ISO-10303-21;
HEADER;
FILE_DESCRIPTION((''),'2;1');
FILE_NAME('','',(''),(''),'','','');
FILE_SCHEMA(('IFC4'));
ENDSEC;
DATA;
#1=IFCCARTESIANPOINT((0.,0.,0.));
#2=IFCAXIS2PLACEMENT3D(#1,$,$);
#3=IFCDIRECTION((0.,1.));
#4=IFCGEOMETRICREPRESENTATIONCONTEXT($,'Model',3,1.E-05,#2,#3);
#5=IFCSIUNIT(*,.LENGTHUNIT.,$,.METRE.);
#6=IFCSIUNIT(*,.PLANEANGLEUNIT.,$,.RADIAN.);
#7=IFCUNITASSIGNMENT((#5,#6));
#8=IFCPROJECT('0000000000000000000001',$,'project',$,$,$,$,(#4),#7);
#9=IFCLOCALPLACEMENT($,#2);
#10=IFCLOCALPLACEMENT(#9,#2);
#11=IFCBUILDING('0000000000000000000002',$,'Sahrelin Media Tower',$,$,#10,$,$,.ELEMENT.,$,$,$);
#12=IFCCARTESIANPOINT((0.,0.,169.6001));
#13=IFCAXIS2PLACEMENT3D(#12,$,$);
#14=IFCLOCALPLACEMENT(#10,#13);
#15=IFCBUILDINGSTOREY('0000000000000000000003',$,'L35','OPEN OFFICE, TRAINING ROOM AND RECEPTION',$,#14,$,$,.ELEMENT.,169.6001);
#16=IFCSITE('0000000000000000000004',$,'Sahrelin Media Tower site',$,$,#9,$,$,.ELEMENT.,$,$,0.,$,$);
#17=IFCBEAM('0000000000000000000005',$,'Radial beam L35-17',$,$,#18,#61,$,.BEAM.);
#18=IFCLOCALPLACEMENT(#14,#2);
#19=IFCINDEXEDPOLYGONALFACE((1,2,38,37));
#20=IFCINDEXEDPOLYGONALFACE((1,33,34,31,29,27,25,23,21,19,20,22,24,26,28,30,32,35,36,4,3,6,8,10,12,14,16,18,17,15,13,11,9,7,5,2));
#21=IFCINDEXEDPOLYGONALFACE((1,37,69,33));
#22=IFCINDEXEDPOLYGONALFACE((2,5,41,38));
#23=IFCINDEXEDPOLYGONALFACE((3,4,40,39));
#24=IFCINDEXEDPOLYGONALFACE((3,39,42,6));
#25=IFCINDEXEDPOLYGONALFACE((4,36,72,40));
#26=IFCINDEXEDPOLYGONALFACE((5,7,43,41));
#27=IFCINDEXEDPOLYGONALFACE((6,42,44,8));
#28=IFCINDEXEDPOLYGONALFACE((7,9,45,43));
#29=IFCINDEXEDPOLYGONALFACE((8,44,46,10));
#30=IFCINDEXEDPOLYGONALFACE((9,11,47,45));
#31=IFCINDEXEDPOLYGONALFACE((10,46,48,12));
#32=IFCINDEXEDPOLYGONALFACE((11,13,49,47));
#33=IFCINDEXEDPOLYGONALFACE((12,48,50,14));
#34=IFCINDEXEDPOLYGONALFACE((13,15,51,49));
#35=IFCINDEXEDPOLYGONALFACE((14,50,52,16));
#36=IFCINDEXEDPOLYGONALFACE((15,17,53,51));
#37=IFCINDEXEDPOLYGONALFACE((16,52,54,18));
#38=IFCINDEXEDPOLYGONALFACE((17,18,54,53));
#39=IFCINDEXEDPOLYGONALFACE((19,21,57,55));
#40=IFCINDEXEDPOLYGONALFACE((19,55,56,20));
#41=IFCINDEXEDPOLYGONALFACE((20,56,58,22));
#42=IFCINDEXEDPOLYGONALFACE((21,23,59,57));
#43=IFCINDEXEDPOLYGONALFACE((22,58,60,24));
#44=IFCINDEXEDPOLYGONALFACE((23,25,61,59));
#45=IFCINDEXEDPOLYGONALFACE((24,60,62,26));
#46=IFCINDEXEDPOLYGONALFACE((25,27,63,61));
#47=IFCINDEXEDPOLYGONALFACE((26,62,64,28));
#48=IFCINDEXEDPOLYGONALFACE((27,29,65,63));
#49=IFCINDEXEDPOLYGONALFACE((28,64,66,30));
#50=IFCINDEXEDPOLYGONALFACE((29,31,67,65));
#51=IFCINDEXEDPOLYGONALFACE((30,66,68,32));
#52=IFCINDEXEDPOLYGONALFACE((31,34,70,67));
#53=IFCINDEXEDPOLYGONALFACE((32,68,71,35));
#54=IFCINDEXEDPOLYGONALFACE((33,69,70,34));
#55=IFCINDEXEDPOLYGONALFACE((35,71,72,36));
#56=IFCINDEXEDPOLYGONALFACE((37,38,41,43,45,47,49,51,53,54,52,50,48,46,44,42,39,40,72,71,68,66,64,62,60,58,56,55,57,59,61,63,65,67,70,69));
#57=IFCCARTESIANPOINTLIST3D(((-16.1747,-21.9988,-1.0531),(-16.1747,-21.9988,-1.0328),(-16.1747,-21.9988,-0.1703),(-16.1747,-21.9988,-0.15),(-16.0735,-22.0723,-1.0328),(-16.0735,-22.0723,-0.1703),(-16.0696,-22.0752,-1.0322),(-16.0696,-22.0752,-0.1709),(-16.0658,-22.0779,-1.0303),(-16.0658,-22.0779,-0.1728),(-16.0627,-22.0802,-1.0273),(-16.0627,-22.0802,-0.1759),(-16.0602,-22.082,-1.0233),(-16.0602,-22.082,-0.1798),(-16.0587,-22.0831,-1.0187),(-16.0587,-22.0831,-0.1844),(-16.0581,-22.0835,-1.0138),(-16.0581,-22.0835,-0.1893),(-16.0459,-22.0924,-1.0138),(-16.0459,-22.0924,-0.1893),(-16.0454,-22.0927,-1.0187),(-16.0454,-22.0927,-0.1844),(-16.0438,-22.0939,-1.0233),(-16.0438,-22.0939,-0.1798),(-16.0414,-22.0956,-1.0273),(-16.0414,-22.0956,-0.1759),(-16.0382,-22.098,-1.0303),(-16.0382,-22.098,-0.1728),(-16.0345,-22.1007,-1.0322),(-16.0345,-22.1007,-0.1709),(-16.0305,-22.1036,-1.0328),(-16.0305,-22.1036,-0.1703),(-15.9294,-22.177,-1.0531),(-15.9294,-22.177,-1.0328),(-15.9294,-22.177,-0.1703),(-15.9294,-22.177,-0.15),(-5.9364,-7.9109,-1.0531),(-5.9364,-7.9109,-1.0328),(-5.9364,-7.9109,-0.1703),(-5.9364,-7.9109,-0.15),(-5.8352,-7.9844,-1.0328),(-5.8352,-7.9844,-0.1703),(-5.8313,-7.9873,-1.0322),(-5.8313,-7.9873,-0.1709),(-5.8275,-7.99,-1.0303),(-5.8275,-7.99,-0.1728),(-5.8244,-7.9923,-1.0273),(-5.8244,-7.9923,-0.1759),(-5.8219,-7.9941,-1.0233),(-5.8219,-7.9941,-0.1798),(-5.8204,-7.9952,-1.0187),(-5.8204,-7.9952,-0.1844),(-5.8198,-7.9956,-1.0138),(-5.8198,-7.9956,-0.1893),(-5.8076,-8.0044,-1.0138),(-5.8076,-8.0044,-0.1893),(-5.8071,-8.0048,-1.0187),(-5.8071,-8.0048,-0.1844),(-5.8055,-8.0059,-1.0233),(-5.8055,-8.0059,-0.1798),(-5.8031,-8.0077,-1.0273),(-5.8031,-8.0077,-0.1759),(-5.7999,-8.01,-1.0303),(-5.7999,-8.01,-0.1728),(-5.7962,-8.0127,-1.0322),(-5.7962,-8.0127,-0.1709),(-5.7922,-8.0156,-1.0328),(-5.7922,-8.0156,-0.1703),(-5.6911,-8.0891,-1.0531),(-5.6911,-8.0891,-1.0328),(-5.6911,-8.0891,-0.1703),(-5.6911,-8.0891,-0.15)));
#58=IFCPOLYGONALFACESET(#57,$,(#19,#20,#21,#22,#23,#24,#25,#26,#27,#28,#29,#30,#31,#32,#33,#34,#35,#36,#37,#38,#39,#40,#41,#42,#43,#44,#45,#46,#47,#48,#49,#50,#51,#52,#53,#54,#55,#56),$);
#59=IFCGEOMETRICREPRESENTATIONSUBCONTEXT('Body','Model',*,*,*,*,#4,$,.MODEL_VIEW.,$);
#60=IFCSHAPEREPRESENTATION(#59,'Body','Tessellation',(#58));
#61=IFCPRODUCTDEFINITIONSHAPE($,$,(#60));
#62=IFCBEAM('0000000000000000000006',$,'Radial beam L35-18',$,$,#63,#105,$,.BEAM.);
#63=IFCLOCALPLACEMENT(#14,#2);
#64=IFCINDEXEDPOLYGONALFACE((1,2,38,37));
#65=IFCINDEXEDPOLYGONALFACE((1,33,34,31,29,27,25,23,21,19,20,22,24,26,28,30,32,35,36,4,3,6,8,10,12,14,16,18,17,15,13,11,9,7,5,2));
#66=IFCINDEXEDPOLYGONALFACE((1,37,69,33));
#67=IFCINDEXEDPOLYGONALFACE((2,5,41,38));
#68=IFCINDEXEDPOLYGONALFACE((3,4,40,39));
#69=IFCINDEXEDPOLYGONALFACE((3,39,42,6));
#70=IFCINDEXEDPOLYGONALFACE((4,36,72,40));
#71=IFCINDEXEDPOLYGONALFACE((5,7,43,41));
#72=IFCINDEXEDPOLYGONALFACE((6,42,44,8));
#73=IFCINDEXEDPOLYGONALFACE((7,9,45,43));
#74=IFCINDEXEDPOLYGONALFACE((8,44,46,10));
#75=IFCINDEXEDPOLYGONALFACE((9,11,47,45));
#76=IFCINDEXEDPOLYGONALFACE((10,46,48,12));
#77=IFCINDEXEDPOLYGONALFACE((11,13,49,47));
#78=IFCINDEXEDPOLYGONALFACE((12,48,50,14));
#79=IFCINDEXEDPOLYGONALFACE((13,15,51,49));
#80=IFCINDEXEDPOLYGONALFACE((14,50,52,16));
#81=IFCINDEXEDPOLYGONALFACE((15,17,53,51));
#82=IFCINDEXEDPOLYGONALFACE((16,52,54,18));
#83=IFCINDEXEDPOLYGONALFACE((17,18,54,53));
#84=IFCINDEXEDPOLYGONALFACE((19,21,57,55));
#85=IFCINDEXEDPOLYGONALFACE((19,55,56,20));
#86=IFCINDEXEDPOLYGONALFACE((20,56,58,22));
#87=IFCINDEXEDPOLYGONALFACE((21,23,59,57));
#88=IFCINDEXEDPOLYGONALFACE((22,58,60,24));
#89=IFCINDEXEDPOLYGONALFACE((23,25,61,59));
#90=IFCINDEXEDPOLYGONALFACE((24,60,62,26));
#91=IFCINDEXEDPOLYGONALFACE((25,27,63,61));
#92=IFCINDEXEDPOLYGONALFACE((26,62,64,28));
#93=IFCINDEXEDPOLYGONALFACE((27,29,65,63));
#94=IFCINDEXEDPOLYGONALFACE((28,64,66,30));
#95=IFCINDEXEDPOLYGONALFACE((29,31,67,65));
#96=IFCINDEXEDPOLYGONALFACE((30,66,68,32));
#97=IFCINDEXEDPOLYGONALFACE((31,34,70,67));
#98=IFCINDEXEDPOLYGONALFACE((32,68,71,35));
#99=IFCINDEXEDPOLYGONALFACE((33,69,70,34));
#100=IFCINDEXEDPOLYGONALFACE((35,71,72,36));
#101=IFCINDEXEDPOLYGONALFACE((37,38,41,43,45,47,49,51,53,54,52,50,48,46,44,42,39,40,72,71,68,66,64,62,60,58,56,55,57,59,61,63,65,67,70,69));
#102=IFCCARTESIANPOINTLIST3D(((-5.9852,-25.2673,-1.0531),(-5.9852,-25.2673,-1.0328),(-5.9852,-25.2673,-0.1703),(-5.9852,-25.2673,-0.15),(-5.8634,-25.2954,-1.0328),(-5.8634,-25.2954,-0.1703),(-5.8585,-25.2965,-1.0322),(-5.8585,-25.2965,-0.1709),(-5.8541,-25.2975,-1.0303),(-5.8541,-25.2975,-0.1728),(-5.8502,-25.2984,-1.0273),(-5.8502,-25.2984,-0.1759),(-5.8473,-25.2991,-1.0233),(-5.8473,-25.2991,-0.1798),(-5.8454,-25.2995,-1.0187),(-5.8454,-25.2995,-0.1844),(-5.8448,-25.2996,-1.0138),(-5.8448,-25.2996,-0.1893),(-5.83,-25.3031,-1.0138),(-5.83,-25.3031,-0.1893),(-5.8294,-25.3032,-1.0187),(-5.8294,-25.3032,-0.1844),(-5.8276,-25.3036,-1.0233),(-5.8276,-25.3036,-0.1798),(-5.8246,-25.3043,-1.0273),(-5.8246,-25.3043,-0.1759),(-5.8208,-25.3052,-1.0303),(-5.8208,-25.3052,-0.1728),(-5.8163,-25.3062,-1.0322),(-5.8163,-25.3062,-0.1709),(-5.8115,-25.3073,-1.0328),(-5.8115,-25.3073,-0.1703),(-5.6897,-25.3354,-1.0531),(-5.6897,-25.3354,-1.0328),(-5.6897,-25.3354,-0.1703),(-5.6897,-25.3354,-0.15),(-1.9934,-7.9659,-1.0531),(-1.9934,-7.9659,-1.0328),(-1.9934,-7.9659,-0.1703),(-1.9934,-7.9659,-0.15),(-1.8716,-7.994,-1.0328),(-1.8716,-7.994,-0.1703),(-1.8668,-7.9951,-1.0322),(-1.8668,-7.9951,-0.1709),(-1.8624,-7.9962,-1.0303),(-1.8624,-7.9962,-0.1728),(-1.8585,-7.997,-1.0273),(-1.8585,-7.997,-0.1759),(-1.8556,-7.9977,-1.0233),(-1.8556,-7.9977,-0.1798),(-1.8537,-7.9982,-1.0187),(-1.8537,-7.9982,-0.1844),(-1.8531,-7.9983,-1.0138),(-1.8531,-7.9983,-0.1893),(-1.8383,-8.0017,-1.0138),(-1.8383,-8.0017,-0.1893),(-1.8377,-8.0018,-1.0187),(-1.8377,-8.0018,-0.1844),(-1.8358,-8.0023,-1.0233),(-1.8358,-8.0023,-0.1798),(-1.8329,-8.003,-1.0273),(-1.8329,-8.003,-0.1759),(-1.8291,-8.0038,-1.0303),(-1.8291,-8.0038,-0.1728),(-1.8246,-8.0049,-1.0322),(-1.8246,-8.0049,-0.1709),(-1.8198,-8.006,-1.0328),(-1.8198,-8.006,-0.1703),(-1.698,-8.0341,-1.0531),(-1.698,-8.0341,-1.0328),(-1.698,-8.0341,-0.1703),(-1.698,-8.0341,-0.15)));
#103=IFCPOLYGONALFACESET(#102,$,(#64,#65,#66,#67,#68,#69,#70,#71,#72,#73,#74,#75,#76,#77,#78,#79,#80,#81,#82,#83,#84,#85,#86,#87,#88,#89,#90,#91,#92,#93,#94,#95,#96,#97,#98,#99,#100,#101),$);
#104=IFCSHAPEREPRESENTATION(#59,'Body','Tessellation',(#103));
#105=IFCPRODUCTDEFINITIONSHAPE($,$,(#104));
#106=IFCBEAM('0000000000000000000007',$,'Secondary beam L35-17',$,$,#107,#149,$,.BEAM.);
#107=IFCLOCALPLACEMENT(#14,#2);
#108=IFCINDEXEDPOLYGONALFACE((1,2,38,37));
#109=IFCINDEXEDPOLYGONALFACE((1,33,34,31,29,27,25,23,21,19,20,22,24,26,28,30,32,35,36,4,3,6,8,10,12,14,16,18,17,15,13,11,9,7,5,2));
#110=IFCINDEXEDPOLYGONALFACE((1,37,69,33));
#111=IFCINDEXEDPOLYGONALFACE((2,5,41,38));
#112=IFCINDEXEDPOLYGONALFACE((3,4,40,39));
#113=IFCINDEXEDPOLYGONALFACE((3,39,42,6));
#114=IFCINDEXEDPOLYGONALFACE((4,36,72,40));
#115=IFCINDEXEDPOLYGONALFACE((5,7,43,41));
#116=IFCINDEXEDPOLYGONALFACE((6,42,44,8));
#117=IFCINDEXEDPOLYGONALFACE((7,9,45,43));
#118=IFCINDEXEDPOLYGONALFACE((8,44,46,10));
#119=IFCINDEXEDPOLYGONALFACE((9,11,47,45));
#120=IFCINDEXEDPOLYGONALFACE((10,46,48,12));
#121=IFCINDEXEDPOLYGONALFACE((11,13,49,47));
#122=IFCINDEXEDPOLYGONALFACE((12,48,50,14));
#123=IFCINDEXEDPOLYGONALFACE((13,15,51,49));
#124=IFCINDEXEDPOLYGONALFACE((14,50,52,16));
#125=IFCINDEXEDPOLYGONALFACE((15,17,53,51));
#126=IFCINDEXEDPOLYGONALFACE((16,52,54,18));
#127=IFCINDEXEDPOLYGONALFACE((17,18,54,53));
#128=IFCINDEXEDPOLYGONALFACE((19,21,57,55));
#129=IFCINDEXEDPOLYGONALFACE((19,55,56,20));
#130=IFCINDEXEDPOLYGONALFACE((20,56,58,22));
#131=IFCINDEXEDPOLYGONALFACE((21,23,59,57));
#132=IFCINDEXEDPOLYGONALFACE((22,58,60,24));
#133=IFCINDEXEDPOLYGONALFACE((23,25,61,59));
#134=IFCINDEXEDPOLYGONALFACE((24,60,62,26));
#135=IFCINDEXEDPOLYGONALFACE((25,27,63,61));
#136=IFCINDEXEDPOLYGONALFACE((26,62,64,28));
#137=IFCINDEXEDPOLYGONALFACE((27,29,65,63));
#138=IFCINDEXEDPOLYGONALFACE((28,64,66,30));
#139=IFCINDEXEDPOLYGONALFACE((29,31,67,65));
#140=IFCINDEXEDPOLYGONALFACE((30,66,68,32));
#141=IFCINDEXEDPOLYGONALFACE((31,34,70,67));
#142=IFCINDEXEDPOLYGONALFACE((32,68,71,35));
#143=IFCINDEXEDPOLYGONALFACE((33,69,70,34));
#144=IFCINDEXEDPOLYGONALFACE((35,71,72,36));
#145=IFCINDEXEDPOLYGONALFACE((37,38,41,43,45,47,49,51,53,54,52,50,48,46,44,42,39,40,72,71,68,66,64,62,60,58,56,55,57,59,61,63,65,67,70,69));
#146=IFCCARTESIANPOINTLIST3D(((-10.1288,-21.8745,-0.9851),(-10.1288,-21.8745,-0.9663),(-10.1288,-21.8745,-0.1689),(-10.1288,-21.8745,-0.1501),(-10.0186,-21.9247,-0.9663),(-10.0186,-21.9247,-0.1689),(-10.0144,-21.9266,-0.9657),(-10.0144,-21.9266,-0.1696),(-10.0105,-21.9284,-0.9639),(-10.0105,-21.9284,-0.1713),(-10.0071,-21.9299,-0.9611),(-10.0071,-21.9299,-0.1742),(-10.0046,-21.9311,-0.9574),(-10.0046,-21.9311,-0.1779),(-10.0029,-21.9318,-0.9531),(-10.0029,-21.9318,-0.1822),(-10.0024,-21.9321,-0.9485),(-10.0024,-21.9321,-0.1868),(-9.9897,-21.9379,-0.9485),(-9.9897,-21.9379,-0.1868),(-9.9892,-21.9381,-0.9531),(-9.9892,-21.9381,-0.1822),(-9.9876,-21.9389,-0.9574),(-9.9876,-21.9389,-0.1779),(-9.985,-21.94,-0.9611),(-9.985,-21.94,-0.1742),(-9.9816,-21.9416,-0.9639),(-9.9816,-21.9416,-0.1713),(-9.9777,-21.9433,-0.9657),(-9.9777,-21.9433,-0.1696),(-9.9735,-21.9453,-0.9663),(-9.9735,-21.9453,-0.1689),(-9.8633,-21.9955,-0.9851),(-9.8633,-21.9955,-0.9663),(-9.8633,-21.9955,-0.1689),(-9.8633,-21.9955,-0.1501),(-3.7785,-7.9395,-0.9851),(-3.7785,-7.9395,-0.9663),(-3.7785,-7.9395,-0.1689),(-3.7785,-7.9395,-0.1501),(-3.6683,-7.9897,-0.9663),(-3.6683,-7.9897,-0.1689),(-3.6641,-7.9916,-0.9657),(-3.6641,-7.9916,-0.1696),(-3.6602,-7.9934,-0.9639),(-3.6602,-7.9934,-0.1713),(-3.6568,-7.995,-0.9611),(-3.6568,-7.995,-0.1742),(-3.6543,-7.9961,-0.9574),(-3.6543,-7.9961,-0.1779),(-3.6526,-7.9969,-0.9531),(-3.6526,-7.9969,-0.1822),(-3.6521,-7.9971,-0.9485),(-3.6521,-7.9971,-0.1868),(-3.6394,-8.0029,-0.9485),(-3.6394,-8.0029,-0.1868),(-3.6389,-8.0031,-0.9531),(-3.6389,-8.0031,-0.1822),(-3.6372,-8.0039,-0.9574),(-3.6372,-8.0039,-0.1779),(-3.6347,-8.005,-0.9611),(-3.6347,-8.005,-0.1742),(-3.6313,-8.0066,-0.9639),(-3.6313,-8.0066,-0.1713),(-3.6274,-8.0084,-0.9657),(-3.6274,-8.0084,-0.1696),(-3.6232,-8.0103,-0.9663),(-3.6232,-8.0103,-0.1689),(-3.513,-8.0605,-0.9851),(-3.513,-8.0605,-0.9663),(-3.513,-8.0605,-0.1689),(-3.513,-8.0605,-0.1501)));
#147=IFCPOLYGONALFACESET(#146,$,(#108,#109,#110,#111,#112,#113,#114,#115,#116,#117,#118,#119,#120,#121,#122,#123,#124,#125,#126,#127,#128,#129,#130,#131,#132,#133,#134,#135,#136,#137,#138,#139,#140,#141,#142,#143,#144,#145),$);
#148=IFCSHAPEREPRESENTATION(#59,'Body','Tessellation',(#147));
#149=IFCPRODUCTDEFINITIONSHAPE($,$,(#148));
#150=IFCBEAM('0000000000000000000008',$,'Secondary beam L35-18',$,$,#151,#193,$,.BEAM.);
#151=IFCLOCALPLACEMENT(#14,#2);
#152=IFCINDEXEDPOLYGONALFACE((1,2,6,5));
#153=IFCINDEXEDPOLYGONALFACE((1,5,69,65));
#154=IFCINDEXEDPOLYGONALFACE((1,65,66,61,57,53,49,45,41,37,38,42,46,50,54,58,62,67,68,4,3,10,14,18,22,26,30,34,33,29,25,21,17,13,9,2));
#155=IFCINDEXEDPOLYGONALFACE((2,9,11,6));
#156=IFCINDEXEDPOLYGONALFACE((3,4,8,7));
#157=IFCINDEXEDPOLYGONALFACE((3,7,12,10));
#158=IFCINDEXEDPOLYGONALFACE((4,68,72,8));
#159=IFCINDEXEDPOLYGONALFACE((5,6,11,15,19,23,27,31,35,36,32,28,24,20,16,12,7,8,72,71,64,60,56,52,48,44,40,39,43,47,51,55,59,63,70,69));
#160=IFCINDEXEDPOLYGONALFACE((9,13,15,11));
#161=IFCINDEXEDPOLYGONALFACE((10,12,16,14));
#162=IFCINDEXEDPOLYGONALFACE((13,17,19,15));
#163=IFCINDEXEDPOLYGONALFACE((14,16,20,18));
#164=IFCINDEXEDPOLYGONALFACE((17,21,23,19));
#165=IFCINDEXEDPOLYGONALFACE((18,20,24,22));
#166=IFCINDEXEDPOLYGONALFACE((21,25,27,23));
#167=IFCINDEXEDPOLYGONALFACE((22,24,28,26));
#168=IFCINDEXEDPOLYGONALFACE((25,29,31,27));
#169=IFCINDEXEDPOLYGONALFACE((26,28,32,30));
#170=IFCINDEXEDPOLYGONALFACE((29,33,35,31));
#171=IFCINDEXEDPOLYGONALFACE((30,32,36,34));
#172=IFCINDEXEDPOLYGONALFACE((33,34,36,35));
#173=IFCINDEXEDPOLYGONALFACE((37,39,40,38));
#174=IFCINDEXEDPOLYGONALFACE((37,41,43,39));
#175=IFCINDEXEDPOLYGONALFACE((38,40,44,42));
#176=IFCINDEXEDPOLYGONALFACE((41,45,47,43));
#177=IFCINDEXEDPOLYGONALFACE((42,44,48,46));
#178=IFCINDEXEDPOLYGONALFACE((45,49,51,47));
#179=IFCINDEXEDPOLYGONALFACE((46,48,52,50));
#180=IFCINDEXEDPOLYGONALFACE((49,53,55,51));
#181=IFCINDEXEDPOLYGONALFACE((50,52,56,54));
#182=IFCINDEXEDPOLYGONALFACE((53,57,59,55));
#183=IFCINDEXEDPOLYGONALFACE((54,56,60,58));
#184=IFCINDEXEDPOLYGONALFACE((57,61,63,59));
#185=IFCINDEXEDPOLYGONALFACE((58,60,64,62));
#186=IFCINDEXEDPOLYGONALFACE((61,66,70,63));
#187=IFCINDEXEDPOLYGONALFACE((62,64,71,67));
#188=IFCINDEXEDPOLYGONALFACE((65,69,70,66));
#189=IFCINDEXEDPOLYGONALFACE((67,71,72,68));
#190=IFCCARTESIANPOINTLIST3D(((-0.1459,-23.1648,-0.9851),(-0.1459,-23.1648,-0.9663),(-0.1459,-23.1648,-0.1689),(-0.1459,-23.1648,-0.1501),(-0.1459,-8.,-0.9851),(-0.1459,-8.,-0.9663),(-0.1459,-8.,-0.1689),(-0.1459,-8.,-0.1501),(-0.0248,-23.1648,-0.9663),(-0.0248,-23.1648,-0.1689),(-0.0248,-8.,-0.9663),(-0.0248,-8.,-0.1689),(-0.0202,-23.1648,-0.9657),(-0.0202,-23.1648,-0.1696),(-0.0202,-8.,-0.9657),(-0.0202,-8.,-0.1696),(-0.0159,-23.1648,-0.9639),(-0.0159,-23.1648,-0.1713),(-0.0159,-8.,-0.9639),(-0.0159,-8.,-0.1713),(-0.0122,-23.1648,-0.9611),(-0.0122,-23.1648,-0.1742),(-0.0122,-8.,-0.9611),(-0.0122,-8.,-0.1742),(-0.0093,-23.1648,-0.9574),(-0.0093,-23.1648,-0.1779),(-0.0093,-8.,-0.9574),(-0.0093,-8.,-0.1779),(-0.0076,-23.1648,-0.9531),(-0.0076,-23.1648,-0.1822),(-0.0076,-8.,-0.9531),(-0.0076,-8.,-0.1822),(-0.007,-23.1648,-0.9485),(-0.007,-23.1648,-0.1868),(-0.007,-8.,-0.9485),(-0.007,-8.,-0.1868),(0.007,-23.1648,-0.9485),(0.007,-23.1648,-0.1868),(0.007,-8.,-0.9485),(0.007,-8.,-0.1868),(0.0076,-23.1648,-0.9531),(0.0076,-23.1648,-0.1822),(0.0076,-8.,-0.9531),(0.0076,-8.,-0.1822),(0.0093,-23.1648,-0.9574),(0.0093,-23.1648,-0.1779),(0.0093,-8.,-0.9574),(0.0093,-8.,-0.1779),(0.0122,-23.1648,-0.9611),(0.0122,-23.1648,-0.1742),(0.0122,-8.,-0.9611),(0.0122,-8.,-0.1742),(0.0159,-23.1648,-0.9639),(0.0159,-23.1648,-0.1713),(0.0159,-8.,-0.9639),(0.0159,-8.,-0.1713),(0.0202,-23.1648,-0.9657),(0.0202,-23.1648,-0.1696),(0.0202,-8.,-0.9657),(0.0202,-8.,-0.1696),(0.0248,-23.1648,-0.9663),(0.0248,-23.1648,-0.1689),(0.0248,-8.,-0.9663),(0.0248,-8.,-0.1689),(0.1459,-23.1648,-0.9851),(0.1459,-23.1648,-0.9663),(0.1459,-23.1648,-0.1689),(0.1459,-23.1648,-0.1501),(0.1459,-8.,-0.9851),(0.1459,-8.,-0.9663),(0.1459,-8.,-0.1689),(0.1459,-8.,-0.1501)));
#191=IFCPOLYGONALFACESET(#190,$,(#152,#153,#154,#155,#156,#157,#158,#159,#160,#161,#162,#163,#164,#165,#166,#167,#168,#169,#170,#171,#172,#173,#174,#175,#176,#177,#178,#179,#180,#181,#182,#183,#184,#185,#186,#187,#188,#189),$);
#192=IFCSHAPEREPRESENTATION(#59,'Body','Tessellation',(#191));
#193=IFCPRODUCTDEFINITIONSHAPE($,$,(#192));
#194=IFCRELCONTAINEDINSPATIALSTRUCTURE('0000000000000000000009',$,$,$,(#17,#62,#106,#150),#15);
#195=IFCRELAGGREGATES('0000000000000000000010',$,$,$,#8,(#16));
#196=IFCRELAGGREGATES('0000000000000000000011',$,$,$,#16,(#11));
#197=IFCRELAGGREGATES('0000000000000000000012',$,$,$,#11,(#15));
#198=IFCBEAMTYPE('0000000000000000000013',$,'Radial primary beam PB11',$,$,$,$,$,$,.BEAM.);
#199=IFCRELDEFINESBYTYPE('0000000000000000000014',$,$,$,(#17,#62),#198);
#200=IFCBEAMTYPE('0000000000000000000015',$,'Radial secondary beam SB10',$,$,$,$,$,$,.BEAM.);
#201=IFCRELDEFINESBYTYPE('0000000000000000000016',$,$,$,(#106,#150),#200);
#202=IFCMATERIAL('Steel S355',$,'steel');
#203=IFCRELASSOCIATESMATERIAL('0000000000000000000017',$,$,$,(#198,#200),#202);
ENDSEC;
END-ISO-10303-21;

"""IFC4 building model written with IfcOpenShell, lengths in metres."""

from ifc_helpers import new_model, si_unit, direction, frame, origin, origin_2d, place, context, subcontext, project, spatial, i_section, extrude, material, material_profile, profile_set, type_object, element, save


model = new_model("IFC4")

# Units and contexts
model_context = context("Model", 3, precision=1e-05, world=origin(), true_north=direction((0.0, 1.0)))
body_context = subcontext(model_context, "Body", "Model", "MODEL_VIEW")
ifc_project = project(units=[si_unit("LENGTHUNIT", "METRE"), si_unit("PLANEANGLEUNIT", "RADIAN")], contexts=[model_context])

# Site, building, storey
site_placement = place(None, origin())
site = spatial("IfcSite", under=ifc_project, at=site_placement, Name="Sahrelin Media Tower site", CompositionType="ELEMENT", RefElevation=0.0)
building_placement = place(site_placement, origin())
building = spatial("IfcBuilding", under=site, at=building_placement, Name="Sahrelin Media Tower", CompositionType="ELEMENT")
storey_placement = place(building_placement, frame((0.0, 0.0, 169.6001)))
storey = spatial("IfcBuildingStorey", under=building, at=storey_placement, Name="L35", Description="OPEN OFFICE, TRAINING ROOM AND RECEPTION", CompositionType="ELEMENT", Elevation=169.6001)

# Beams
ifc_material_1 = material(Name="Steel S355", Category="steel")
ifc_material_profile_1 = material_profile(ifc_material_1, i_section(OverallWidth=0.3032, OverallDepth=0.9031, WebThickness=0.0151, FlangeThickness=0.0203, FilletRadius=0.019, at=origin_2d()), Name="UB 914x305x201")
ifc_profile_set_1 = profile_set([ifc_material_profile_1], Name="Steel S355")
beam_type_1 = type_object("IfcBeamType", Name="Radial primary beam PB11", PredefinedType="BEAM", material=ifc_profile_set_1)
beam_1_placement = place(storey_placement, frame((-5.8137, -8.0, -0.6016), z_axis=(-0.587892, -0.80894, 0.0), x_axis=(0.80894, -0.587892, 0.0)))
element("IfcBeam", 1, at=beam_1_placement, inside=storey, type_object=beam_type_1, Name="Radial beam L35-17", PredefinedType="BEAM", context=body_context, shape_type="SweptSolid", body=[
    extrude(i_section(OverallWidth=0.3032, OverallDepth=0.9031, WebThickness=0.0151, FlangeThickness=0.0203, FilletRadius=0.019, at=origin_2d()), origin(), (0.0, 0.0, 1.0), 17.4153),
])
beam_2_placement = place(storey_placement, frame((-1.8457, -8.0, -0.6016), z_axis=(-0.224811, -0.974402, 0.0), x_axis=(0.974402, -0.224811, 0.0)))
element("IfcBeam", 2, at=beam_2_placement, inside=storey, type_object=beam_type_1, Name="Radial beam L35-18", PredefinedType="BEAM", context=body_context, shape_type="SweptSolid", body=[
    extrude(i_section(OverallWidth=0.3032, OverallDepth=0.9031, WebThickness=0.0151, FlangeThickness=0.0203, FilletRadius=0.019, at=origin_2d()), origin(), (0.0, 0.0, 1.0), 17.7559),
])
ifc_material_profile_2 = material_profile(ifc_material_1, i_section(OverallWidth=0.2917, OverallDepth=0.835, WebThickness=0.0139, FlangeThickness=0.0188, FilletRadius=0.0178, at=origin_2d()), Name="UB 838x292x176")
ifc_profile_set_2 = profile_set([ifc_material_profile_2], Name="Steel S355")
beam_type_2 = type_object("IfcBeamType", Name="Radial secondary beam SB10", PredefinedType="BEAM", material=ifc_profile_set_2)
beam_3_placement = place(storey_placement, frame((-3.6458, -8.0, -0.5676), z_axis=(-0.414681, -0.909967, 0.0), x_axis=(0.909967, -0.414681, 0.0)))
element("IfcBeam", 3, at=beam_3_placement, inside=storey, type_object=beam_type_2, Name="Secondary beam L35-17", PredefinedType="BEAM", context=body_context, shape_type="SweptSolid", body=[
    extrude(i_section(OverallWidth=0.2917, OverallDepth=0.835, WebThickness=0.0139, FlangeThickness=0.0188, FilletRadius=0.0178, at=origin_2d()), origin(), (0.0, 0.0, 1.0), 15.3137),
])
beam_4_placement = place(storey_placement, frame((0.0, -8.0, -0.5676), z_axis=(0.0, -1.0, 0.0), x_axis=(1.0, 0.0, 0.0)))
element("IfcBeam", 4, at=beam_4_placement, inside=storey, type_object=beam_type_2, Name="Secondary beam L35-18", PredefinedType="BEAM", context=body_context, shape_type="SweptSolid", body=[
    extrude(i_section(OverallWidth=0.2917, OverallDepth=0.835, WebThickness=0.0139, FlangeThickness=0.0188, FilletRadius=0.0178, at=origin_2d()), origin(), (0.0, 0.0, 1.0), 15.1648),
])

save(model, "model.ifc")
